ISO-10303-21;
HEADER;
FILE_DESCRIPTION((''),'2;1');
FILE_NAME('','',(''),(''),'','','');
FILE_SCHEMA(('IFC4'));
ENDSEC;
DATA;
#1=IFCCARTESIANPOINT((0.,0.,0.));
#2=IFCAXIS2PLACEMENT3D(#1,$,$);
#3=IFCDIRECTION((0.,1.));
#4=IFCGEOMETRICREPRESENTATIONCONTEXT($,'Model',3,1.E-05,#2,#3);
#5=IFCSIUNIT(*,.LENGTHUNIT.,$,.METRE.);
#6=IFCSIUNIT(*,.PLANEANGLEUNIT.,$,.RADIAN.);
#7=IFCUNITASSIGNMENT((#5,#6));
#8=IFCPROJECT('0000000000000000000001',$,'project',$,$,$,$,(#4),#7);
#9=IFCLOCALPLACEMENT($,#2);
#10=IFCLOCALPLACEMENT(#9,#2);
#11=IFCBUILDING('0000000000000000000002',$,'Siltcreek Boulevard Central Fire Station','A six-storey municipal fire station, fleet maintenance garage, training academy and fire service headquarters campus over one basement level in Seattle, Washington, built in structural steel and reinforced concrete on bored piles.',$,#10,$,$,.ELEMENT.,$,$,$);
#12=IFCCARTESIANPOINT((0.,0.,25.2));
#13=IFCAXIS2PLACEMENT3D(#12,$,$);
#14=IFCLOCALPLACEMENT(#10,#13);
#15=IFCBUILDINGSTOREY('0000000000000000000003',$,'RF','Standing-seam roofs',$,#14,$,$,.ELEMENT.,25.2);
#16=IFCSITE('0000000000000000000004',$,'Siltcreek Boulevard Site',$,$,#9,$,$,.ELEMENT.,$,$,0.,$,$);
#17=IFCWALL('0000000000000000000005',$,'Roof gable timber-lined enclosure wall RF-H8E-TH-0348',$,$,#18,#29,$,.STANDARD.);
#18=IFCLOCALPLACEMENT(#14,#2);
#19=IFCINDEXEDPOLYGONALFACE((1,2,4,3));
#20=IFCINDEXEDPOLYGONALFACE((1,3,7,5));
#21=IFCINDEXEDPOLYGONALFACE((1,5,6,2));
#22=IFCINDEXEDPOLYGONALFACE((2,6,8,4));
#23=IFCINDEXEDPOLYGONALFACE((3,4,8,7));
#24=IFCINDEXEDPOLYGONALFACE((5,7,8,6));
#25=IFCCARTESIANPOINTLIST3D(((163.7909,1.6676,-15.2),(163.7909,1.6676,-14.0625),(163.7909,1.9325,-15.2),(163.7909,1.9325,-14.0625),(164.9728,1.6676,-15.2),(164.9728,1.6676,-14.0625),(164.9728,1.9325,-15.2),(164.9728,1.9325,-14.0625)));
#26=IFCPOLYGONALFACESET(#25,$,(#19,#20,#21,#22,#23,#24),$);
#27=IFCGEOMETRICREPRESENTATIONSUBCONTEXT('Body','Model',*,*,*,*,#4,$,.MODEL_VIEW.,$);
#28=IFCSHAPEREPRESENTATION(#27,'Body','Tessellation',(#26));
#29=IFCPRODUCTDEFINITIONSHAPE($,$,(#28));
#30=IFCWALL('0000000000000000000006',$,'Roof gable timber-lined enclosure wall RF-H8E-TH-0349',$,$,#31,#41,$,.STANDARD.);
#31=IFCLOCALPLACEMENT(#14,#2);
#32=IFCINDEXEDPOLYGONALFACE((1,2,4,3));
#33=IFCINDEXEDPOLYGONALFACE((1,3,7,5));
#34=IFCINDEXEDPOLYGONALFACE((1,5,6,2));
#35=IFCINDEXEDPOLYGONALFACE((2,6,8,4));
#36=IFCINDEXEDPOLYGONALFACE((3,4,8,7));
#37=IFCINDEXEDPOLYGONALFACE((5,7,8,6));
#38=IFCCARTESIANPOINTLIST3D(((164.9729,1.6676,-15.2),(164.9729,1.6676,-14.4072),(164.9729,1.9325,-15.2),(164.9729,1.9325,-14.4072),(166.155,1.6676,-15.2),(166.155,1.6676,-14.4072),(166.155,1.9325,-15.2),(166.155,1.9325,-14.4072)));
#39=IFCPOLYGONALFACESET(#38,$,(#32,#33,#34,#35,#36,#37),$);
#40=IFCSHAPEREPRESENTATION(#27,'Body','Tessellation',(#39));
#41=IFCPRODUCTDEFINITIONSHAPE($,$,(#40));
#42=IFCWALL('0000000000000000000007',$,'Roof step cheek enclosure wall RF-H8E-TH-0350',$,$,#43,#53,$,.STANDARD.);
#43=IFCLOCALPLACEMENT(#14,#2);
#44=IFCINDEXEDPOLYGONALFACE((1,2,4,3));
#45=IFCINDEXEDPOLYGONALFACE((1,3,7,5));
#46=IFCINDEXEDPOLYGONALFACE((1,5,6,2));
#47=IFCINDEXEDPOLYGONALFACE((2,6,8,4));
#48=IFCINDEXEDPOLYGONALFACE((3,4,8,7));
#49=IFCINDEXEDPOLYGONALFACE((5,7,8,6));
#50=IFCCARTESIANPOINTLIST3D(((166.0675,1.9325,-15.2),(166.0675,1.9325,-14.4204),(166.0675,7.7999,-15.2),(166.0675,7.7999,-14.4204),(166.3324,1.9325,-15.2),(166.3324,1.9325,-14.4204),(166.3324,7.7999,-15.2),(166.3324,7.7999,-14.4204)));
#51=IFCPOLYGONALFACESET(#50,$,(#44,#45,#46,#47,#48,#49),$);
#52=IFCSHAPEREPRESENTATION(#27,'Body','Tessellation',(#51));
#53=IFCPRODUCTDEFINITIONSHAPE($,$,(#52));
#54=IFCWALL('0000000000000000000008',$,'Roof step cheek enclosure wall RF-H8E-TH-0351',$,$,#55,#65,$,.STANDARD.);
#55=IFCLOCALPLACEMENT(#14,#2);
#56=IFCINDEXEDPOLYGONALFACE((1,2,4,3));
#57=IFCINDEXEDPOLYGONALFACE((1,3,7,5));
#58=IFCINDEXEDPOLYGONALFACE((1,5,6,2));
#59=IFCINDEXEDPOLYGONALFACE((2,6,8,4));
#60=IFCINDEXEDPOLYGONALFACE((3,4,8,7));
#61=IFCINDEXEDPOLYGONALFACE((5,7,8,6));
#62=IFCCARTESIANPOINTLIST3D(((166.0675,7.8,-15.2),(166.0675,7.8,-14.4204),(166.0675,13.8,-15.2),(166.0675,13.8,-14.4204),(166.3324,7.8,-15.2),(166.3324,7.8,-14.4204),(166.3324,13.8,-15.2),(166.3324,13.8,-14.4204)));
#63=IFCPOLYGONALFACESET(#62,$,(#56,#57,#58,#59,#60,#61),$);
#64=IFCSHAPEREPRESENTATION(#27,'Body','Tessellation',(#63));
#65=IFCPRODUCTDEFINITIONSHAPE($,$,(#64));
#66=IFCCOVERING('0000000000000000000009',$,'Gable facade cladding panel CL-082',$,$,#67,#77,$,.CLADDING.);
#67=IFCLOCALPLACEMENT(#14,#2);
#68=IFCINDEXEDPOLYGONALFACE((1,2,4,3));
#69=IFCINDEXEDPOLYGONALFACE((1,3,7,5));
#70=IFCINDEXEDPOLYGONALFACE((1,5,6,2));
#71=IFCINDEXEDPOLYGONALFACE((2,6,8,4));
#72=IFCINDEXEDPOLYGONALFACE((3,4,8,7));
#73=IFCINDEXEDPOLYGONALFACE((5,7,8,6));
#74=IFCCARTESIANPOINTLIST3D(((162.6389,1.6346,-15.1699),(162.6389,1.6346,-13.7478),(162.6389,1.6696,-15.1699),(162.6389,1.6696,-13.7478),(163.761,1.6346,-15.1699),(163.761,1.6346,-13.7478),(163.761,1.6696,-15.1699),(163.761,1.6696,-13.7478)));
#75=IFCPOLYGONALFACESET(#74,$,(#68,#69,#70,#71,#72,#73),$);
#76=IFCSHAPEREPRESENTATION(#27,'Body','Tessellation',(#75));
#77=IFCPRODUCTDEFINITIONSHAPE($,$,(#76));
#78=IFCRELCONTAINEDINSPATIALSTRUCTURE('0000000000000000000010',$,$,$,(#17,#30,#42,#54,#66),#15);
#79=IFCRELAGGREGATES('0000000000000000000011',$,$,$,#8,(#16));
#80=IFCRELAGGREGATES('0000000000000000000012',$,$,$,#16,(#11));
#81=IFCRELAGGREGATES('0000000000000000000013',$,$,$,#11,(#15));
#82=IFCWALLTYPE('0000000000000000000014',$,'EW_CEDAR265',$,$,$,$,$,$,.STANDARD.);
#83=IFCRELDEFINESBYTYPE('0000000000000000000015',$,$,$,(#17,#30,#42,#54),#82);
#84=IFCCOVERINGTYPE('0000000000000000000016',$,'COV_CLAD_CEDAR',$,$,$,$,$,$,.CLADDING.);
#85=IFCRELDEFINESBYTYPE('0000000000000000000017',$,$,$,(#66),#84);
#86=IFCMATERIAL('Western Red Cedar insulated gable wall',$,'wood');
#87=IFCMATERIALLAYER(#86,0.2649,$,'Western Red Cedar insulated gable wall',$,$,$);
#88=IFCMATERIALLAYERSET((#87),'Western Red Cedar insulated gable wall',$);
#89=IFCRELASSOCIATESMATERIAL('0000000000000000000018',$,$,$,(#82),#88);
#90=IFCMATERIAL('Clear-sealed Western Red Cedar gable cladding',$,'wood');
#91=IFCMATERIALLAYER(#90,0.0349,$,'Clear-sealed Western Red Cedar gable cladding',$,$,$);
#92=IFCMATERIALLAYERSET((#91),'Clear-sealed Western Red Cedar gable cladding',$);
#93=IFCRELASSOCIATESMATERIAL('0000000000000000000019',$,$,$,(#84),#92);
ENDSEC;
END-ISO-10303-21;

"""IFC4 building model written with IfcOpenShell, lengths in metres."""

from ifc_helpers import new_model, si_unit, direction, frame, frame_2d, origin, origin_2d, place, context, subcontext, project, spatial, rectangle, extrude, material, layer, layer_set, type_object, element, save


model = new_model("IFC4")

# Units and contexts
model_context = context("Model", 3, precision=1e-05, world=origin(), true_north=direction((0.0, 1.0)))
body_context = subcontext(model_context, "Body", "Model", "MODEL_VIEW")
ifc_project = project(units=[si_unit("LENGTHUNIT", "METRE"), si_unit("PLANEANGLEUNIT", "RADIAN")], contexts=[model_context])

# Site, building, storey
site_placement = place(None, origin())
site = spatial("IfcSite", under=ifc_project, at=site_placement, Name="Siltcreek Boulevard Site", CompositionType="ELEMENT", RefElevation=0.0)
building_placement = place(site_placement, origin())
building = spatial("IfcBuilding", under=site, at=building_placement, Name="Siltcreek Boulevard Central Fire Station", Description="A six-storey municipal fire station, fleet maintenance garage, training academy and fire service headquarters campus over one basement level in Seattle, Washington, built in structural steel and reinforced concrete on bored piles.", CompositionType="ELEMENT")
storey_placement = place(building_placement, frame((0.0, 0.0, 25.2)))
storey = spatial("IfcBuildingStorey", under=building, at=storey_placement, Name="RF", Description="Standing-seam roofs", CompositionType="ELEMENT", Elevation=25.2)

# Walls
ifc_material_1 = material(Name="Western Red Cedar insulated gable wall", Category="wood")
ifc_layer_1 = layer(ifc_material_1, 0.2649, Name="Western Red Cedar insulated gable wall")
ifc_layer_set_1 = layer_set([ifc_layer_1], Name="Western Red Cedar insulated gable wall")
wall_type = type_object("IfcWallType", Name="EW_CEDAR265", PredefinedType="STANDARD", material=ifc_layer_set_1)
wall_1_placement = place(storey_placement, frame((163.791, 1.8, -15.2), z_axis=(0.0, 0.0, 1.0), x_axis=(1.0, 0.0, 0.0)))
element("IfcWall", 1, at=wall_1_placement, inside=storey, type_object=wall_type, Name="Roof gable timber-lined enclosure wall RF-H8E-TH-0348", PredefinedType="STANDARD", context=body_context, shape_type="SweptSolid", body=[
    extrude(rectangle(XDim=1.1819, YDim=0.2649, at=frame_2d((0.5908, 0.0))), origin(), (0.0, 0.0, 1.0), 1.1375),
])
wall_2_placement = place(storey_placement, frame((164.9729, 1.8, -15.2), z_axis=(0.0, 0.0, 1.0), x_axis=(1.0, 0.0, 0.0)))
element("IfcWall", 2, at=wall_2_placement, inside=storey, type_object=wall_type, Name="Roof gable timber-lined enclosure wall RF-H8E-TH-0349", PredefinedType="STANDARD", context=body_context, shape_type="SweptSolid", body=[
    extrude(rectangle(XDim=1.1821, YDim=0.2649, at=frame_2d((0.5911, 0.0))), origin(), (0.0, 0.0, 1.0), 0.7927),
])
wall_3_placement = place(storey_placement, frame((166.2, 1.9326, -15.2), z_axis=(0.0, 0.0, 1.0), x_axis=(0.0, 1.0, 0.0)))
element("IfcWall", 3, at=wall_3_placement, inside=storey, type_object=wall_type, Name="Roof step cheek enclosure wall RF-H8E-TH-0350", PredefinedType="STANDARD", context=body_context, shape_type="SweptSolid", body=[
    extrude(rectangle(XDim=5.8674, YDim=0.2649, at=frame_2d((2.9336, 0.0))), origin(), (0.0, 0.0, 1.0), 0.7795),
])
wall_4_placement = place(storey_placement, frame((166.2, 7.8, -15.2), z_axis=(0.0, 0.0, 1.0), x_axis=(0.0, 1.0, 0.0)))
element("IfcWall", 4, at=wall_4_placement, inside=storey, type_object=wall_type, Name="Roof step cheek enclosure wall RF-H8E-TH-0351", PredefinedType="STANDARD", context=body_context, shape_type="SweptSolid", body=[
    extrude(rectangle(XDim=6.0, YDim=0.2649, at=frame_2d((3.0, 0.0))), origin(), (0.0, 0.0, 1.0), 0.7795),
])

# Covering
ifc_material_2 = material(Name="Clear-sealed Western Red Cedar gable cladding", Category="wood")
ifc_layer_2 = layer(ifc_material_2, 0.0349, Name="Clear-sealed Western Red Cedar gable cladding")
ifc_layer_set_2 = layer_set([ifc_layer_2], Name="Clear-sealed Western Red Cedar gable cladding")
covering_type = type_object("IfcCoveringType", Name="COV_CLAD_CEDAR", PredefinedType="CLADDING", material=ifc_layer_set_2)
covering_placement = place(storey_placement, frame((163.2, 1.6521, -15.1699), z_axis=(0.0, 0.0, 1.0), x_axis=(1.0, 0.0, 0.0)))
element("IfcCovering", 5, at=covering_placement, inside=storey, type_object=covering_type, Name="Gable facade cladding panel CL-082", PredefinedType="CLADDING", context=body_context, shape_type="SweptSolid", body=[
    extrude(rectangle(XDim=1.1221, YDim=0.0349, at=origin_2d()), origin(), (0.0, 0.0, 1.0), 1.4221),
])

save(model, "model.ifc")
